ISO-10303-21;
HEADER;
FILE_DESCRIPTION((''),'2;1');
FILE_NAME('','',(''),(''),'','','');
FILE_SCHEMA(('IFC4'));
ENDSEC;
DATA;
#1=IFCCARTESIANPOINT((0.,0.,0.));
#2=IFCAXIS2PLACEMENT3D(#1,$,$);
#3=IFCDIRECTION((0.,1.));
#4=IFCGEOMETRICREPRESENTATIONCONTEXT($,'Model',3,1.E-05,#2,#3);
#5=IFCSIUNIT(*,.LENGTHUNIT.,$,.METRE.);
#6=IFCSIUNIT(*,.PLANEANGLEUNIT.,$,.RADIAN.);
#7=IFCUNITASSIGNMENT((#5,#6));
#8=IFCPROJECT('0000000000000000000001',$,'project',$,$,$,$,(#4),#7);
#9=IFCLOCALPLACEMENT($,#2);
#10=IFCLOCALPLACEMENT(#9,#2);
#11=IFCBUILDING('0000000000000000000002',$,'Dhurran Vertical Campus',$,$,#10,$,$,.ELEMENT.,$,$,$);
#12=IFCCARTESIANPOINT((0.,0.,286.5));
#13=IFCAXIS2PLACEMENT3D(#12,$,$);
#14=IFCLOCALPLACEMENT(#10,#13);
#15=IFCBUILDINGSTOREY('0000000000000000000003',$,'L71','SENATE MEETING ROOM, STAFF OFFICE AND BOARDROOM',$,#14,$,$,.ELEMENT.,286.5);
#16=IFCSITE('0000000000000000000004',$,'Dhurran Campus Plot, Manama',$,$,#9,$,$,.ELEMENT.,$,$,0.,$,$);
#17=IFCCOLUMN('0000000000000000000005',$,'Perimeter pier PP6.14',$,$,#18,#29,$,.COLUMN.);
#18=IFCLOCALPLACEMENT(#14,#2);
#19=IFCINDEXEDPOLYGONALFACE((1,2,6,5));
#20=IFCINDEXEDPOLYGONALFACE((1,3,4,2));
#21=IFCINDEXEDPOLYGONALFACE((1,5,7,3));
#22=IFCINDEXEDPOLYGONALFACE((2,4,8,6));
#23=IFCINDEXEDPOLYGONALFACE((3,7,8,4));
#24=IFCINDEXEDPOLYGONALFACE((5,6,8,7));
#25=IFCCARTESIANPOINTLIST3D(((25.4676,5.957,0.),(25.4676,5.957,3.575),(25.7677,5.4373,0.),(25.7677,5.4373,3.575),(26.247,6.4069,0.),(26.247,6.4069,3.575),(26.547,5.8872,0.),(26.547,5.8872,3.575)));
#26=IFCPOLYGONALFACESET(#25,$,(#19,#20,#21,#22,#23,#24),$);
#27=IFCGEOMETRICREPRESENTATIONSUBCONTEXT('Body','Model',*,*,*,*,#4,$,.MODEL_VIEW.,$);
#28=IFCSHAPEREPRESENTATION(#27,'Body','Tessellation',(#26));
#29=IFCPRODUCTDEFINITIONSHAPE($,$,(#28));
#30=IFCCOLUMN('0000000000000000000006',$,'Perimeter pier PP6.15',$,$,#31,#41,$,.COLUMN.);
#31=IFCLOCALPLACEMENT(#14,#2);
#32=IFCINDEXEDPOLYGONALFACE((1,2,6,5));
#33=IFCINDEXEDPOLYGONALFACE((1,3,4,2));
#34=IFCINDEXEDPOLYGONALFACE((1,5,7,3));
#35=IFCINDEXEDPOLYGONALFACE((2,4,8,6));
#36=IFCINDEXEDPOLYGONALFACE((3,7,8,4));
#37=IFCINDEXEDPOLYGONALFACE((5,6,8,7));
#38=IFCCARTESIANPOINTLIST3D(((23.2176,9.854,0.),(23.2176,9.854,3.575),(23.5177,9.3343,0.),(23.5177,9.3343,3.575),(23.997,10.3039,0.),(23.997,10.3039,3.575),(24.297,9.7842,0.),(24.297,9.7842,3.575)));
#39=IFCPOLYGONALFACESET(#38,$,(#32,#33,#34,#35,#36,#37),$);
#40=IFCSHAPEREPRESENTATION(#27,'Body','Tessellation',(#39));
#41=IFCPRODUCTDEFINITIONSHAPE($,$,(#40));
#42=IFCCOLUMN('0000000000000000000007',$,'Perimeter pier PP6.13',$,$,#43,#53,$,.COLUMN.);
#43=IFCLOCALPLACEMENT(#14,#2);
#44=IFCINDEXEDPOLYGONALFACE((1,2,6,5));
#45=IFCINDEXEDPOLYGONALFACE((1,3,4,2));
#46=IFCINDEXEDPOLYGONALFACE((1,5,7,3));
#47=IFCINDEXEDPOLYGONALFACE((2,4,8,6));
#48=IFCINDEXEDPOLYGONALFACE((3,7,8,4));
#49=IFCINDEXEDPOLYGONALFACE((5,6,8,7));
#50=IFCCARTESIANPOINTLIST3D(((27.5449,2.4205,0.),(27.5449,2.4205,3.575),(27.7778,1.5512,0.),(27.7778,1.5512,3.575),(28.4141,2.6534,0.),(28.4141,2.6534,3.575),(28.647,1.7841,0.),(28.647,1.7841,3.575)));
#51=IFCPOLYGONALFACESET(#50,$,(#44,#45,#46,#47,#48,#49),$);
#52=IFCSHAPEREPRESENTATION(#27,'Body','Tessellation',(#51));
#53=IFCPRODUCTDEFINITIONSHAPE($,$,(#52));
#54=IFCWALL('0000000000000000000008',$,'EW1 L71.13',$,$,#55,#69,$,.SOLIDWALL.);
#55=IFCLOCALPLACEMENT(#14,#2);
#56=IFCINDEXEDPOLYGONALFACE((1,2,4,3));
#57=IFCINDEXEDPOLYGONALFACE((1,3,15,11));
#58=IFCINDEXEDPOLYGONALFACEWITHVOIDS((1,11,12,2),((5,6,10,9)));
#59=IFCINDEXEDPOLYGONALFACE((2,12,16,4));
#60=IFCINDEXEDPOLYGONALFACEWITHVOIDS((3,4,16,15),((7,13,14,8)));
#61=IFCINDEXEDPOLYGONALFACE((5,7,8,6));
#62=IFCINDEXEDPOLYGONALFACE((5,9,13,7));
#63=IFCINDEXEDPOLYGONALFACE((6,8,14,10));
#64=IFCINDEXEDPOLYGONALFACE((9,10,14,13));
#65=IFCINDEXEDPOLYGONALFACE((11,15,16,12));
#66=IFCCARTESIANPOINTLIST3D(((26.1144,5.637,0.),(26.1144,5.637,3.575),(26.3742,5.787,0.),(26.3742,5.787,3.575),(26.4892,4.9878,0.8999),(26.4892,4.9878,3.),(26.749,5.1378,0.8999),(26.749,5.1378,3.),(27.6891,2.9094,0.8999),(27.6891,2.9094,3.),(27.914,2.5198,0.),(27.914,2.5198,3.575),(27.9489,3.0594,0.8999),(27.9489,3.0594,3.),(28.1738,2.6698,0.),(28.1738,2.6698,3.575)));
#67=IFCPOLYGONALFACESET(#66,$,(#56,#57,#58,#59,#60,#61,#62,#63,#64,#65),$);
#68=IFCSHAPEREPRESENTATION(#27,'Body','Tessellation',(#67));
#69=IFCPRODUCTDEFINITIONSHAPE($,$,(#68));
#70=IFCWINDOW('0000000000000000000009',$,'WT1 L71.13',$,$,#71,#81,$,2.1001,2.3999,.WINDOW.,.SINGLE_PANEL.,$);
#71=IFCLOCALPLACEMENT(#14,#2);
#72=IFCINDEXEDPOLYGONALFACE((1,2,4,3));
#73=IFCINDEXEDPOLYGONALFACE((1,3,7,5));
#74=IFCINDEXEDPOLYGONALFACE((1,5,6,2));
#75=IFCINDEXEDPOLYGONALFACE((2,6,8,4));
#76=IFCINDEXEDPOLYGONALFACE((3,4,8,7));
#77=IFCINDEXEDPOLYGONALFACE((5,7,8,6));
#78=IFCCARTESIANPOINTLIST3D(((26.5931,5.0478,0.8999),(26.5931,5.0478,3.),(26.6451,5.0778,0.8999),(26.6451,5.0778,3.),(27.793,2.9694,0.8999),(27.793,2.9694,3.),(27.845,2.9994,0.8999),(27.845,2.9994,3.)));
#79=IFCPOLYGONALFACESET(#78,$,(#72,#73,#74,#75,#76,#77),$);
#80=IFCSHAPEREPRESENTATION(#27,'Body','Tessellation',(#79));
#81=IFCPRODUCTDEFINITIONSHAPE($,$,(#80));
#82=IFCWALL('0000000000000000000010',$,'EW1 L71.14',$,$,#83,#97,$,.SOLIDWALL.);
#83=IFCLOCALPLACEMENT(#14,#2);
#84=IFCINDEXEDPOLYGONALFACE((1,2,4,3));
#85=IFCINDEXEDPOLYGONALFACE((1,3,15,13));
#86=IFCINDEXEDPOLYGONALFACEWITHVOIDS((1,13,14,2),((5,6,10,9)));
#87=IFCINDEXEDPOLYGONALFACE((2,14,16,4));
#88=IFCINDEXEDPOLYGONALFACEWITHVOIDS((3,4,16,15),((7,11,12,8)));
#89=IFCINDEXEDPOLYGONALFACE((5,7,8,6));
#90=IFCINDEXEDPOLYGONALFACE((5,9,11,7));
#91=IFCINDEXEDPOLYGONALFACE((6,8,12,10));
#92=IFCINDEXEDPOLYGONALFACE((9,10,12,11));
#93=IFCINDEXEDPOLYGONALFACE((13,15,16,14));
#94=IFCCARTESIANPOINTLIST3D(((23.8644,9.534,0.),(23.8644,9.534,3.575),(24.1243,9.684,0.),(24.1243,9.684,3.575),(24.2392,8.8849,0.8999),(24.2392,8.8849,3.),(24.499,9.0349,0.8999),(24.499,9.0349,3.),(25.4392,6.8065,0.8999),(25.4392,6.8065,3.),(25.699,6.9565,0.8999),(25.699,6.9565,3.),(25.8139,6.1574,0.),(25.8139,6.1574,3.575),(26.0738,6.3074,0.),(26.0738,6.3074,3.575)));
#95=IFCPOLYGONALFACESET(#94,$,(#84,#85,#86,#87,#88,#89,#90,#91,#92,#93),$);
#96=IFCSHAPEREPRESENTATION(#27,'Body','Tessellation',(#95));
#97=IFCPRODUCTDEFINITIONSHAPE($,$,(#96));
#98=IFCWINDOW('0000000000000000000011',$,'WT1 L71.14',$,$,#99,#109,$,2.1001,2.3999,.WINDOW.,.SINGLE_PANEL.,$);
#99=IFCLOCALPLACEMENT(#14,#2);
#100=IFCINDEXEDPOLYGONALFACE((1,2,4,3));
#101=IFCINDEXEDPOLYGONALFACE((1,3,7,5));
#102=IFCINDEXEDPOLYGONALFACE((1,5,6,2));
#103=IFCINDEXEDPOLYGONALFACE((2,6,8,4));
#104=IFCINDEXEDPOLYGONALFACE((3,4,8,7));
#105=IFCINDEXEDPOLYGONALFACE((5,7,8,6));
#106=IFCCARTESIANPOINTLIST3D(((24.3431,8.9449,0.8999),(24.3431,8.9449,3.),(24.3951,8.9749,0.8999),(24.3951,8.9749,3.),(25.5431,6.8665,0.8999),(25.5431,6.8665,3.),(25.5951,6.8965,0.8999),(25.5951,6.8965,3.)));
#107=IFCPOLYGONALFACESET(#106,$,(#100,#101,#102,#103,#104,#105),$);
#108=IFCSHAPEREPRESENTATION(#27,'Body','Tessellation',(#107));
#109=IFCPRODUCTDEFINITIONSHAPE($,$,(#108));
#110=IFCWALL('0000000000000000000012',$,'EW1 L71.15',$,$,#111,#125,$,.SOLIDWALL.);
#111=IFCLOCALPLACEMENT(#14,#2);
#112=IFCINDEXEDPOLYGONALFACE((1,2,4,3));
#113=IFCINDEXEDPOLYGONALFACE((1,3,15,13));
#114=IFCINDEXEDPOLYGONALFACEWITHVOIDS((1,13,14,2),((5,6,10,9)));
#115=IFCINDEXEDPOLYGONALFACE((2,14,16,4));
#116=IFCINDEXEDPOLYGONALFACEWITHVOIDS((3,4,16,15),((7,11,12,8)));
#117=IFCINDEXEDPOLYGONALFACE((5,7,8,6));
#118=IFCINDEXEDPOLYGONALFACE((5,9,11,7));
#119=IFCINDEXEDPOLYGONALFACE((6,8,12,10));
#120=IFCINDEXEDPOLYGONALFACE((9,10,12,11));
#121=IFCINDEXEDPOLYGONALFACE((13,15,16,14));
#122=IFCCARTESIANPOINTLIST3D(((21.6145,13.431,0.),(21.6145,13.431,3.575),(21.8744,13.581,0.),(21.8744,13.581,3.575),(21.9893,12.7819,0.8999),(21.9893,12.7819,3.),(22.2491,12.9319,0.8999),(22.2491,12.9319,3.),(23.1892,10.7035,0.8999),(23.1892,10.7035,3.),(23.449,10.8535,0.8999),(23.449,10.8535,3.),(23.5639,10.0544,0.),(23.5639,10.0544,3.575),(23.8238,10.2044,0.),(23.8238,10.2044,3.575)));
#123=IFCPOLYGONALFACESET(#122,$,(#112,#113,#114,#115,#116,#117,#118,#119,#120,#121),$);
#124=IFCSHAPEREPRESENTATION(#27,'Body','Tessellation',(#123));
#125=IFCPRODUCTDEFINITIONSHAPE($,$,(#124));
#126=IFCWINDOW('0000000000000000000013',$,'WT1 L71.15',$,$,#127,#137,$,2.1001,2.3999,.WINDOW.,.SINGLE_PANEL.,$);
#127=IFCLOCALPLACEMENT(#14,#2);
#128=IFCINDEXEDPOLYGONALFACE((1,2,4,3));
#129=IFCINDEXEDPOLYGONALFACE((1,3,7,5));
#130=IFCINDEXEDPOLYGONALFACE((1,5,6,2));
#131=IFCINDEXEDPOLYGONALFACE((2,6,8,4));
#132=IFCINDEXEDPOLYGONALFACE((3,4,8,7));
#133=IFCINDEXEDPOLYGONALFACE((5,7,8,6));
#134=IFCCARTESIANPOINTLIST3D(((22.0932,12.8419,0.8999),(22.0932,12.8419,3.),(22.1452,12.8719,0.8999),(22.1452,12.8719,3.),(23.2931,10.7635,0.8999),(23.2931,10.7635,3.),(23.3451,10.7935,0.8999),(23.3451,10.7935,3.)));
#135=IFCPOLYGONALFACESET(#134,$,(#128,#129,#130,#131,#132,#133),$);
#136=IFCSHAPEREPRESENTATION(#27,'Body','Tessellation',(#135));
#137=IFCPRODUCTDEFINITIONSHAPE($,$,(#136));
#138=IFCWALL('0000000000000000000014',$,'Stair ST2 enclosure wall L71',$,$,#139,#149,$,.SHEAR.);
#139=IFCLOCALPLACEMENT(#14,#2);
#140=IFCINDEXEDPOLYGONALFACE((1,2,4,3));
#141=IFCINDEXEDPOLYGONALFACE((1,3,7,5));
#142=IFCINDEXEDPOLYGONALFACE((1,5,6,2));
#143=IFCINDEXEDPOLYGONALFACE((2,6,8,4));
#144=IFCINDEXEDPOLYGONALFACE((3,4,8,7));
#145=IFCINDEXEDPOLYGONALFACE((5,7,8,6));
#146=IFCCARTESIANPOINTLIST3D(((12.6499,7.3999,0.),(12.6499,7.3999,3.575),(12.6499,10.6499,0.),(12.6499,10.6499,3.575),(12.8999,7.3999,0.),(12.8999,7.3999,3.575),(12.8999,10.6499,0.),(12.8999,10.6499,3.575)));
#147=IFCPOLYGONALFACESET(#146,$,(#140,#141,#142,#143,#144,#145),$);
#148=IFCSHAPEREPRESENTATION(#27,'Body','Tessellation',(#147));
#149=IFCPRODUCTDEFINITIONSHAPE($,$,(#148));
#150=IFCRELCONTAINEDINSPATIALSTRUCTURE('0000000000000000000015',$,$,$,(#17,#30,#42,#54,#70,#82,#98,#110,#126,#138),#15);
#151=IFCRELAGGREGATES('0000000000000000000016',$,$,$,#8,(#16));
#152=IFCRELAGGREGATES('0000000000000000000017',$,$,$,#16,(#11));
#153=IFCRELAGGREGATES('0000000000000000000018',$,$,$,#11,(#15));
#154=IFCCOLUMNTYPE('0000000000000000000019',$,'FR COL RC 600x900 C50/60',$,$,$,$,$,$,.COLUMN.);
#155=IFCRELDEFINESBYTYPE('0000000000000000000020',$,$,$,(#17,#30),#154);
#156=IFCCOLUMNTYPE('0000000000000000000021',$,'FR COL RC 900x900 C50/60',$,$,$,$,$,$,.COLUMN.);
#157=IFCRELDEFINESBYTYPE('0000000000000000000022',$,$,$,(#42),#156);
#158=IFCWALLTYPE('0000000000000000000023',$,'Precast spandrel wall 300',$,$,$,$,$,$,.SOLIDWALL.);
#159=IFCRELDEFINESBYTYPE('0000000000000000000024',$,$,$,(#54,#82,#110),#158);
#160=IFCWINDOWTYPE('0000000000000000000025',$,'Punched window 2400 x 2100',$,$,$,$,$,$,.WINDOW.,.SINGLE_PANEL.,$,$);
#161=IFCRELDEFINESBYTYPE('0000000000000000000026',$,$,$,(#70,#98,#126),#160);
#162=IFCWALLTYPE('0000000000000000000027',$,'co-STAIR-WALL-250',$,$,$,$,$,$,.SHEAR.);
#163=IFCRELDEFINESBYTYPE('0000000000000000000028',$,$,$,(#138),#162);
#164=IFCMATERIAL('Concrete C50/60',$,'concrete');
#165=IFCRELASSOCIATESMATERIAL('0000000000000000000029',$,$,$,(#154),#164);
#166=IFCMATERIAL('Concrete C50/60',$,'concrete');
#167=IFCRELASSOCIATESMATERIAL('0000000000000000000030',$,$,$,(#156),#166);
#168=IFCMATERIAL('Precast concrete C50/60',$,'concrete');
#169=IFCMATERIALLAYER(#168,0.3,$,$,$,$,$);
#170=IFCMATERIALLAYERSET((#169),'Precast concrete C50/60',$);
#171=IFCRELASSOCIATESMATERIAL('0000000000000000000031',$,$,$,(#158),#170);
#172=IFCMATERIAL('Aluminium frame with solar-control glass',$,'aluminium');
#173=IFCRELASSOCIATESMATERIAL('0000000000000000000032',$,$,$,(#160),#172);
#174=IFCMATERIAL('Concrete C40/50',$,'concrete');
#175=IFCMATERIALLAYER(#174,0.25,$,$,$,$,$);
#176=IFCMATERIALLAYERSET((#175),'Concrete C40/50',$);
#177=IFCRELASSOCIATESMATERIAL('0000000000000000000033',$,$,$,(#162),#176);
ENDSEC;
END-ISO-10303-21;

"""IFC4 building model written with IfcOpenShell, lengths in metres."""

from ifc_helpers import new_model, si_unit, direction, frame, frame_2d, origin, origin_2d, place, context, subcontext, project, spatial, rectangle, extrude, material, layer, layer_set, material_profile, profile_set, type_object, element, fill, save


model = new_model("IFC4")

# Units and contexts
model_context = context("Model", 3, precision=1e-05, world=origin(), true_north=direction((0.0, 1.0)))
body_context = subcontext(model_context, "Body", "Model", "MODEL_VIEW")
ifc_project = project(units=[si_unit("LENGTHUNIT", "METRE"), si_unit("PLANEANGLEUNIT", "RADIAN")], contexts=[model_context])

# Site, building, storey
site_placement = place(None, origin())
site = spatial("IfcSite", under=ifc_project, at=site_placement, Name="Dhurran Campus Plot, Manama", CompositionType="ELEMENT", RefElevation=0.0)
building_placement = place(site_placement, origin())
building = spatial("IfcBuilding", under=site, at=building_placement, Name="Dhurran Vertical Campus", CompositionType="ELEMENT")
storey_placement = place(building_placement, frame((0.0, 0.0, 286.5)))
storey = spatial("IfcBuildingStorey", under=building, at=storey_placement, Name="L71", Description="SENATE MEETING ROOM, STAFF OFFICE AND BOARDROOM", CompositionType="ELEMENT", Elevation=286.5)

# Columns
ifc_material_1 = material(Name="Concrete C50/60", Category="concrete")
ifc_material_profile_1 = material_profile(ifc_material_1, rectangle(XDim=0.6001, YDim=0.8999, at=origin_2d()), Name="RC 600x900")
ifc_profile_set_1 = profile_set([ifc_material_profile_1], Name="Concrete C50/60")
column_type_1 = type_object("IfcColumnType", Name="FR COL RC 600x900 C50/60", PredefinedType="COLUMN", material=ifc_profile_set_1)
for number, where, z_axis, x_axis, name in (
    (1, (26.0073, 5.9221, 0.0), (0.0, 0.0, 1.0), (-0.5, 0.866025, 0.0), "Perimeter pier PP6.14"),
    (2, (23.7573, 9.8191, 0.0), (0.0, 0.0, 1.0), (-0.5, 0.866025, 0.0), "Perimeter pier PP6.15"),
):
    element("IfcColumn", number, at=place(storey_placement, frame(where, z_axis=z_axis, x_axis=x_axis)), inside=storey, type_object=column_type_1, Name=name, PredefinedType="COLUMN", context=body_context, shape_type="SweptSolid", body=[
        extrude(rectangle(XDim=0.6001, YDim=0.8999, at=origin_2d()), origin(), (0.0, 0.0, 1.0), 3.575),
    ])
ifc_material_2 = material(Name="Concrete C50/60", Category="concrete")
ifc_material_profile_2 = material_profile(ifc_material_2, rectangle(XDim=0.8999, YDim=0.8999, at=origin_2d()), Name="RC 900x900")
ifc_profile_set_2 = profile_set([ifc_material_profile_2], Name="Concrete C50/60")
column_type_2 = type_object("IfcColumnType", Name="FR COL RC 900x900 C50/60", PredefinedType="COLUMN", material=ifc_profile_set_2)
column_placement = place(storey_placement, frame((28.0959, 2.1023, 0.0), z_axis=(0.0, 0.0, 1.0), x_axis=(-0.258819, 0.965926, 0.0)))
element("IfcColumn", 3, at=column_placement, inside=storey, type_object=column_type_2, Name="Perimeter pier PP6.13", PredefinedType="COLUMN", context=body_context, shape_type="SweptSolid", body=[
    extrude(rectangle(XDim=0.8999, YDim=0.8999, at=origin_2d()), origin(), (0.0, 0.0, 1.0), 3.575),
])

# Walls, openings, windows
ifc_material_3 = material(Name="Precast concrete C50/60", Category="concrete")
ifc_layer_1 = layer(ifc_material_3, 0.3)
ifc_layer_set_1 = layer_set([ifc_layer_1], Name="Precast concrete C50/60")
wall_type_1 = type_object("IfcWallType", Name="Precast spandrel wall 300", PredefinedType="SOLIDWALL", material=ifc_layer_set_1)
wall_1_placement = place(storey_placement, frame((28.0439, 2.5947, 0.0), z_axis=(0.0, 0.0, 1.0), x_axis=(-0.499969, 0.866043, 0.0)))
wall_1 = element("IfcWall", 4, at=wall_1_placement, inside=storey, type_object=wall_type_1, Name="EW1 L71.13", PredefinedType="SOLIDWALL", context=body_context, shape_type="SweptSolid", body=[
    extrude(rectangle(XDim=3.5994, YDim=0.3, at=frame_2d((1.7998, 0.0))), origin(), (0.0, 0.0, 1.0), 3.575),
])
opening_1_placement = place(wall_1_placement, frame((0.45, 0.0, 0.8999)))
opening_1 = element("IfcOpeningElement", 5, at=opening_1_placement, cuts=wall_1, PredefinedType="OPENING", context=body_context, shape_type="SweptSolid", body=[
    extrude(rectangle(XDim=2.3999, YDim=2.1001, at=frame_2d((1.2, 1.05))), frame((0.0, 0.1599, 0.0), z_axis=(0.0, -1.0, 0.0), x_axis=(1.0, 0.0, 0.0)), (0.0, 0.0, 1.0), 0.3201),
])
ifc_material_4 = material(Name="Aluminium frame with solar-control glass", Category="aluminium")
window_type = type_object("IfcWindowType", Name="Punched window 2400 x 2100", PartitioningType="SINGLE_PANEL", PredefinedType="WINDOW", material=ifc_material_4)
window_1_placement = place(opening_1_placement, origin())
window_1 = element("IfcWindow", 6, at=window_1_placement, inside=storey, type_object=window_type, Name="WT1 L71.13", OverallHeight=2.1001, OverallWidth=2.3999, PartitioningType="SINGLE_PANEL", PredefinedType="WINDOW", context=body_context, shape_type="SweptSolid", body=[
    extrude(rectangle(XDim=2.3999, YDim=2.1001, at=frame_2d((1.2, 1.05))), frame((0.0, 0.03, 0.0), z_axis=(0.0, -1.0, 0.0), x_axis=(1.0, 0.0, 0.0)), (0.0, 0.0, 1.0), 0.0601),
])
fill(opening_1, window_1)
wall_2_placement = place(storey_placement, frame((25.9438, 6.2324, 0.0), z_axis=(0.0, 0.0, 1.0), x_axis=(-0.500012, 0.866019, 0.0)))
wall_2 = element("IfcWall", 7, at=wall_2_placement, inside=storey, type_object=wall_type_1, Name="EW1 L71.14", PredefinedType="SOLIDWALL", context=body_context, shape_type="SweptSolid", body=[
    extrude(rectangle(XDim=3.8989, YDim=0.3, at=frame_2d((1.9495, 0.0))), origin(), (0.0, 0.0, 1.0), 3.575),
])
opening_2_placement = place(wall_2_placement, frame((0.7495, 0.0, 0.8999)))
opening_2 = element("IfcOpeningElement", 8, at=opening_2_placement, cuts=wall_2, PredefinedType="OPENING", context=body_context, shape_type="SweptSolid", body=[
    extrude(rectangle(XDim=2.3999, YDim=2.1001, at=frame_2d((1.2, 1.05))), frame((0.0, 0.1599, 0.0), z_axis=(0.0, -1.0, 0.0), x_axis=(1.0, 0.0, 0.0)), (0.0, 0.0, 1.0), 0.3201),
])
window_2_placement = place(opening_2_placement, origin())
window_2 = element("IfcWindow", 9, at=window_2_placement, inside=storey, type_object=window_type, Name="WT1 L71.14", OverallHeight=2.1001, OverallWidth=2.3999, PartitioningType="SINGLE_PANEL", PredefinedType="WINDOW", context=body_context, shape_type="SweptSolid", body=[
    extrude(rectangle(XDim=2.3999, YDim=2.1001, at=frame_2d((1.2, 1.05))), frame((0.0, 0.03, 0.0), z_axis=(0.0, -1.0, 0.0), x_axis=(1.0, 0.0, 0.0)), (0.0, 0.0, 1.0), 0.0601),
])
fill(opening_2, window_2)
wall_3_placement = place(storey_placement, frame((23.6938, 10.1294, 0.0), z_axis=(0.0, 0.0, 1.0), x_axis=(-0.499984, 0.866034, 0.0)))
wall_3 = element("IfcWall", 10, at=wall_3_placement, inside=storey, type_object=wall_type_1, Name="EW1 L71.15", PredefinedType="SOLIDWALL", context=body_context, shape_type="SweptSolid", body=[
    extrude(rectangle(XDim=3.8989, YDim=0.3, at=frame_2d((1.9495, 0.0))), origin(), (0.0, 0.0, 1.0), 3.575),
])
opening_3_placement = place(wall_3_placement, frame((0.7495, 0.0, 0.8999)))
opening_3 = element("IfcOpeningElement", 11, at=opening_3_placement, cuts=wall_3, PredefinedType="OPENING", context=body_context, shape_type="SweptSolid", body=[
    extrude(rectangle(XDim=2.3999, YDim=2.1001, at=frame_2d((1.2, 1.05))), frame((0.0, 0.1599, 0.0), z_axis=(0.0, -1.0, 0.0), x_axis=(1.0, 0.0, 0.0)), (0.0, 0.0, 1.0), 0.3201),
])
window_3_placement = place(opening_3_placement, origin())
window_3 = element("IfcWindow", 12, at=window_3_placement, inside=storey, type_object=window_type, Name="WT1 L71.15", OverallHeight=2.1001, OverallWidth=2.3999, PartitioningType="SINGLE_PANEL", PredefinedType="WINDOW", context=body_context, shape_type="SweptSolid", body=[
    extrude(rectangle(XDim=2.3999, YDim=2.1001, at=frame_2d((1.2, 1.05))), frame((0.0, 0.03, 0.0), z_axis=(0.0, -1.0, 0.0), x_axis=(1.0, 0.0, 0.0)), (0.0, 0.0, 1.0), 0.0601),
])
fill(opening_3, window_3)

# Wall
ifc_material_5 = material(Name="Concrete C40/50", Category="concrete")
ifc_layer_2 = layer(ifc_material_5, 0.25)
ifc_layer_set_2 = layer_set([ifc_layer_2], Name="Concrete C40/50")
wall_type_2 = type_object("IfcWallType", Name="co-STAIR-WALL-250", PredefinedType="SHEAR", material=ifc_layer_set_2)
wall_4_placement = place(storey_placement, frame((12.7749, 7.3999, 0.0), z_axis=(0.0, 0.0, 1.0), x_axis=(0.0, 1.0, 0.0)))
element("IfcWall", 13, at=wall_4_placement, inside=storey, type_object=wall_type_2, Name="Stair ST2 enclosure wall L71", PredefinedType="SHEAR", context=body_context, shape_type="SweptSolid", body=[
    extrude(rectangle(XDim=3.25, YDim=0.25, at=frame_2d((1.625, 0.0))), origin(), (0.0, 0.0, 1.0), 3.575),
])

save(model, "model.ifc")
